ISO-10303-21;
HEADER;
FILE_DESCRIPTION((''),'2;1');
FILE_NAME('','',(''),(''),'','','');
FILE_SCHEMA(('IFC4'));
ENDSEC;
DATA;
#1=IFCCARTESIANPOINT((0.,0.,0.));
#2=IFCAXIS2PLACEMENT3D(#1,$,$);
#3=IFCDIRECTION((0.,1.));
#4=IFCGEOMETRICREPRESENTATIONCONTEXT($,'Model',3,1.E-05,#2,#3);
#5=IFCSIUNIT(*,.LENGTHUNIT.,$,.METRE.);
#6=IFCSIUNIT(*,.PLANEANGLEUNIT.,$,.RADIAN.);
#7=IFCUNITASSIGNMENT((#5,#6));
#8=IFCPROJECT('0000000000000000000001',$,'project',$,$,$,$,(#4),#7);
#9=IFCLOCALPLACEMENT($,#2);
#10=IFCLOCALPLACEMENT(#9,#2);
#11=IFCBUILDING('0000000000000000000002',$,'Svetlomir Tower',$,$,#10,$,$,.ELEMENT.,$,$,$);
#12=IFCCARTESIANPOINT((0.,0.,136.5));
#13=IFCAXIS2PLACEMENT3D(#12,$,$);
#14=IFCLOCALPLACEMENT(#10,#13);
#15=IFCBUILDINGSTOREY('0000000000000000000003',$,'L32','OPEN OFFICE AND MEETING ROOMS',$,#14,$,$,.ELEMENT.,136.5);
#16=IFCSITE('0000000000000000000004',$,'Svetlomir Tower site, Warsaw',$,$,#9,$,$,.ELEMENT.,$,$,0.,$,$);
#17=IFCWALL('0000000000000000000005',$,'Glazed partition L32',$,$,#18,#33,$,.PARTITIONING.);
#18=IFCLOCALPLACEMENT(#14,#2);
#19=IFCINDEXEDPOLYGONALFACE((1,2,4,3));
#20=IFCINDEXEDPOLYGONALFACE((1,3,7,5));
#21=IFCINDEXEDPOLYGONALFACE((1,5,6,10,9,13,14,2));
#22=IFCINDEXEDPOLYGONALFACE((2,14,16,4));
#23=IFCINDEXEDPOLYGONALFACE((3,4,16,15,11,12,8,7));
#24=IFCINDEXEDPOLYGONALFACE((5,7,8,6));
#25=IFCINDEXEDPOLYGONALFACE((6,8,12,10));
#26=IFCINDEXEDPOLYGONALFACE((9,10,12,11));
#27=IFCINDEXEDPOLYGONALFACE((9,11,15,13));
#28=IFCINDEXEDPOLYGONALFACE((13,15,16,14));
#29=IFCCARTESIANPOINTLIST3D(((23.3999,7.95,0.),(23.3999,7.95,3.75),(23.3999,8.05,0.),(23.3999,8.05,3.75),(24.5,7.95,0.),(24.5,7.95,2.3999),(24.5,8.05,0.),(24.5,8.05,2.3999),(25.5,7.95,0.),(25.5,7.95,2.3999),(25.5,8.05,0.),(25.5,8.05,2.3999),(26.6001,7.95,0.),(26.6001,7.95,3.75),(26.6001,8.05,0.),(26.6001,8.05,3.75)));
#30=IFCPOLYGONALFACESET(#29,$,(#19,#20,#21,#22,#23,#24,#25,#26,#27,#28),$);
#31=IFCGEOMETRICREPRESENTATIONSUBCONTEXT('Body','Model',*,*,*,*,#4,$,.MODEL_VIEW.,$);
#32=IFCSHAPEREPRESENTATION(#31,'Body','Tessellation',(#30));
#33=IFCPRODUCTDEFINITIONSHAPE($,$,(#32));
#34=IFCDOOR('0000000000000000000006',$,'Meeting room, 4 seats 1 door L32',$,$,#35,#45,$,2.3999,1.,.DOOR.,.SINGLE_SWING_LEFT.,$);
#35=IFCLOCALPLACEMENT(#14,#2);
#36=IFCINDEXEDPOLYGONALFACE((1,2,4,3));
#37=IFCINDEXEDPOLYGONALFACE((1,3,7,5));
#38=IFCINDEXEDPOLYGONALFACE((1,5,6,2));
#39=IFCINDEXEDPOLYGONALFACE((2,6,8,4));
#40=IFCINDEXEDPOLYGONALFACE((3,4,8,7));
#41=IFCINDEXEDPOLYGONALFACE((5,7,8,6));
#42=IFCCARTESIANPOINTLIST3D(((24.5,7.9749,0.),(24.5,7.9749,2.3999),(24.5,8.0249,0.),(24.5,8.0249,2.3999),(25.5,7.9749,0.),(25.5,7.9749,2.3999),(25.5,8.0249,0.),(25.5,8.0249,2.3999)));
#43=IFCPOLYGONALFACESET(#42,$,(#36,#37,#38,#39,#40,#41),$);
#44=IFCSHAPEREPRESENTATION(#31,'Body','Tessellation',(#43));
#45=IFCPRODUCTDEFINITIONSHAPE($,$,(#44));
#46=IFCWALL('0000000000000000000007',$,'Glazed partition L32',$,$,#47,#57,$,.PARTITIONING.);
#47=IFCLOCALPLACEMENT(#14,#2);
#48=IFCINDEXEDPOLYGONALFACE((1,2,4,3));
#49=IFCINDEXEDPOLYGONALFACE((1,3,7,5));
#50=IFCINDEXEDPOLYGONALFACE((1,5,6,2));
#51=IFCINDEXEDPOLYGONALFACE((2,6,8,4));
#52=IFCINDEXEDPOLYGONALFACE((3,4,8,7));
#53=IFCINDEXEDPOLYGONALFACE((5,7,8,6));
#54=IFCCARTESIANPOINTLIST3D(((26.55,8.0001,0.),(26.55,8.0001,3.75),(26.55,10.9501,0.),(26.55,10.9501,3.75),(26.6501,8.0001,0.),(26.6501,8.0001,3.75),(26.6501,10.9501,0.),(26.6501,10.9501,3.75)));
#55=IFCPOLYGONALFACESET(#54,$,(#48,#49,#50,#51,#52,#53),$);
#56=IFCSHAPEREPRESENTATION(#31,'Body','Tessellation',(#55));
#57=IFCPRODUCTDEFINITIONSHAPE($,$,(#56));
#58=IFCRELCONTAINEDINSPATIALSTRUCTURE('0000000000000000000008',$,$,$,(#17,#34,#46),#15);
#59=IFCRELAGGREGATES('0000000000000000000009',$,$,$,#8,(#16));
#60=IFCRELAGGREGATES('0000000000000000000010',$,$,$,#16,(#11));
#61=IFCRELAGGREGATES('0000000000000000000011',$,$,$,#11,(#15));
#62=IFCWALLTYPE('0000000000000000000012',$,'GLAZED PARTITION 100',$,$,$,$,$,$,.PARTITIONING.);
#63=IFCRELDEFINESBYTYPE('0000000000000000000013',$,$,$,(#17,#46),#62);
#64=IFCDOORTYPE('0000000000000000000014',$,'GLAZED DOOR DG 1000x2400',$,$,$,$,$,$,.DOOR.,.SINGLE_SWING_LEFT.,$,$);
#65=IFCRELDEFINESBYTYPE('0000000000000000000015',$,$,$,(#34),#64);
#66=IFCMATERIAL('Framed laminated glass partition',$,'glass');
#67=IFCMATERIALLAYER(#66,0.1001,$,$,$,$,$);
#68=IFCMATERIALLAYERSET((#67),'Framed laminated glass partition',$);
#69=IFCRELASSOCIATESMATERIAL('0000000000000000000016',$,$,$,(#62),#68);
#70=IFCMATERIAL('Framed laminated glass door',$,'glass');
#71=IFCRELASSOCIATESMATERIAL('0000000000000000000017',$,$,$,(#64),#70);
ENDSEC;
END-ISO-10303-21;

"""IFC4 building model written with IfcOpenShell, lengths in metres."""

from ifc_helpers import new_model, si_unit, direction, frame, frame_2d, origin, place, context, subcontext, project, spatial, rectangle, extrude, material, layer, layer_set, type_object, element, fill, save


model = new_model("IFC4")

# Units and contexts
model_context = context("Model", 3, precision=1e-05, world=origin(), true_north=direction((0.0, 1.0)))
body_context = subcontext(model_context, "Body", "Model", "MODEL_VIEW")
ifc_project = project(units=[si_unit("LENGTHUNIT", "METRE"), si_unit("PLANEANGLEUNIT", "RADIAN")], contexts=[model_context])

# Site, building, storey
site_placement = place(None, origin())
site = spatial("IfcSite", under=ifc_project, at=site_placement, Name="Svetlomir Tower site, Warsaw", CompositionType="ELEMENT", RefElevation=0.0)
building_placement = place(site_placement, origin())
building = spatial("IfcBuilding", under=site, at=building_placement, Name="Svetlomir Tower", CompositionType="ELEMENT")
storey_placement = place(building_placement, frame((0.0, 0.0, 136.5)))
storey = spatial("IfcBuildingStorey", under=building, at=storey_placement, Name="L32", Description="OPEN OFFICE AND MEETING ROOMS", CompositionType="ELEMENT", Elevation=136.5)

# Shared definitions
ifc_material_1 = material(Name="Framed laminated glass partition", Category="glass")
ifc_layer_1 = layer(ifc_material_1, 0.1001)
ifc_layer_set_1 = layer_set([ifc_layer_1], Name="Framed laminated glass partition")
wall_type_1 = type_object("IfcWallType", Name="GLAZED PARTITION 100", PredefinedType="PARTITIONING", material=ifc_layer_set_1)

# Wall, opening, door
wall_1_placement = place(storey_placement, frame((23.3999, 8.0, 0.0), z_axis=(0.0, 0.0, 1.0), x_axis=(1.0, 0.0, 0.0)))
wall_1 = element("IfcWall", 1, at=wall_1_placement, inside=storey, type_object=wall_type_1, Name="Glazed partition L32", PredefinedType="PARTITIONING", context=body_context, shape_type="SweptSolid", body=[
    extrude(rectangle(XDim=3.2002, YDim=0.1001, at=frame_2d((1.6001, 0.0))), origin(), (0.0, 0.0, 1.0), 3.75),
])
opening_1_placement = place(wall_1_placement, frame((1.1001, 0.0, 0.0)))
opening_1 = element("IfcOpeningElement", 2, at=opening_1_placement, cuts=wall_1, PredefinedType="OPENING", context=body_context, shape_type="SweptSolid", body=[
    extrude(rectangle(XDim=1.0, YDim=2.3999, at=frame_2d((0.5, 1.2))), frame((0.0, 0.0601, 0.0), z_axis=(0.0, -1.0, 0.0), x_axis=(1.0, 0.0, 0.0)), (0.0, 0.0, 1.0), 0.1201),
])
ifc_material_2 = material(Name="Framed laminated glass door", Category="glass")
door_type_1 = type_object("IfcDoorType", Name="GLAZED DOOR DG 1000x2400", OperationType="SINGLE_SWING_LEFT", PredefinedType="DOOR", material=ifc_material_2)
door_1_placement = place(opening_1_placement, origin())
door_1 = element("IfcDoor", 3, at=door_1_placement, inside=storey, type_object=door_type_1, Name="Meeting room, 4 seats 1 door L32", OperationType="SINGLE_SWING_LEFT", OverallHeight=2.3999, OverallWidth=1.0, PredefinedType="DOOR", context=body_context, shape_type="SweptSolid", body=[
    extrude(rectangle(XDim=1.0, YDim=2.3999, at=frame_2d((0.5, 1.2))), frame((0.0, 0.0249, 0.0), z_axis=(0.0, -1.0, 0.0), x_axis=(1.0, 0.0, 0.0)), (0.0, 0.0, 1.0), 0.05),
])
fill(opening_1, door_1)

# Wall
wall_2_placement = place(storey_placement, frame((26.6001, 8.0, 0.0), z_axis=(0.0, 0.0, 1.0), x_axis=(0.0, 1.0, 0.0)))
element("IfcWall", 4, at=wall_2_placement, inside=storey, type_object=wall_type_1, Name="Glazed partition L32", PredefinedType="PARTITIONING", context=body_context, shape_type="SweptSolid", body=[
    extrude(rectangle(XDim=2.95, YDim=0.1001, at=frame_2d((1.4751, 0.0))), origin(), (0.0, 0.0, 1.0), 3.75),
])

save(model, "model.ifc")
